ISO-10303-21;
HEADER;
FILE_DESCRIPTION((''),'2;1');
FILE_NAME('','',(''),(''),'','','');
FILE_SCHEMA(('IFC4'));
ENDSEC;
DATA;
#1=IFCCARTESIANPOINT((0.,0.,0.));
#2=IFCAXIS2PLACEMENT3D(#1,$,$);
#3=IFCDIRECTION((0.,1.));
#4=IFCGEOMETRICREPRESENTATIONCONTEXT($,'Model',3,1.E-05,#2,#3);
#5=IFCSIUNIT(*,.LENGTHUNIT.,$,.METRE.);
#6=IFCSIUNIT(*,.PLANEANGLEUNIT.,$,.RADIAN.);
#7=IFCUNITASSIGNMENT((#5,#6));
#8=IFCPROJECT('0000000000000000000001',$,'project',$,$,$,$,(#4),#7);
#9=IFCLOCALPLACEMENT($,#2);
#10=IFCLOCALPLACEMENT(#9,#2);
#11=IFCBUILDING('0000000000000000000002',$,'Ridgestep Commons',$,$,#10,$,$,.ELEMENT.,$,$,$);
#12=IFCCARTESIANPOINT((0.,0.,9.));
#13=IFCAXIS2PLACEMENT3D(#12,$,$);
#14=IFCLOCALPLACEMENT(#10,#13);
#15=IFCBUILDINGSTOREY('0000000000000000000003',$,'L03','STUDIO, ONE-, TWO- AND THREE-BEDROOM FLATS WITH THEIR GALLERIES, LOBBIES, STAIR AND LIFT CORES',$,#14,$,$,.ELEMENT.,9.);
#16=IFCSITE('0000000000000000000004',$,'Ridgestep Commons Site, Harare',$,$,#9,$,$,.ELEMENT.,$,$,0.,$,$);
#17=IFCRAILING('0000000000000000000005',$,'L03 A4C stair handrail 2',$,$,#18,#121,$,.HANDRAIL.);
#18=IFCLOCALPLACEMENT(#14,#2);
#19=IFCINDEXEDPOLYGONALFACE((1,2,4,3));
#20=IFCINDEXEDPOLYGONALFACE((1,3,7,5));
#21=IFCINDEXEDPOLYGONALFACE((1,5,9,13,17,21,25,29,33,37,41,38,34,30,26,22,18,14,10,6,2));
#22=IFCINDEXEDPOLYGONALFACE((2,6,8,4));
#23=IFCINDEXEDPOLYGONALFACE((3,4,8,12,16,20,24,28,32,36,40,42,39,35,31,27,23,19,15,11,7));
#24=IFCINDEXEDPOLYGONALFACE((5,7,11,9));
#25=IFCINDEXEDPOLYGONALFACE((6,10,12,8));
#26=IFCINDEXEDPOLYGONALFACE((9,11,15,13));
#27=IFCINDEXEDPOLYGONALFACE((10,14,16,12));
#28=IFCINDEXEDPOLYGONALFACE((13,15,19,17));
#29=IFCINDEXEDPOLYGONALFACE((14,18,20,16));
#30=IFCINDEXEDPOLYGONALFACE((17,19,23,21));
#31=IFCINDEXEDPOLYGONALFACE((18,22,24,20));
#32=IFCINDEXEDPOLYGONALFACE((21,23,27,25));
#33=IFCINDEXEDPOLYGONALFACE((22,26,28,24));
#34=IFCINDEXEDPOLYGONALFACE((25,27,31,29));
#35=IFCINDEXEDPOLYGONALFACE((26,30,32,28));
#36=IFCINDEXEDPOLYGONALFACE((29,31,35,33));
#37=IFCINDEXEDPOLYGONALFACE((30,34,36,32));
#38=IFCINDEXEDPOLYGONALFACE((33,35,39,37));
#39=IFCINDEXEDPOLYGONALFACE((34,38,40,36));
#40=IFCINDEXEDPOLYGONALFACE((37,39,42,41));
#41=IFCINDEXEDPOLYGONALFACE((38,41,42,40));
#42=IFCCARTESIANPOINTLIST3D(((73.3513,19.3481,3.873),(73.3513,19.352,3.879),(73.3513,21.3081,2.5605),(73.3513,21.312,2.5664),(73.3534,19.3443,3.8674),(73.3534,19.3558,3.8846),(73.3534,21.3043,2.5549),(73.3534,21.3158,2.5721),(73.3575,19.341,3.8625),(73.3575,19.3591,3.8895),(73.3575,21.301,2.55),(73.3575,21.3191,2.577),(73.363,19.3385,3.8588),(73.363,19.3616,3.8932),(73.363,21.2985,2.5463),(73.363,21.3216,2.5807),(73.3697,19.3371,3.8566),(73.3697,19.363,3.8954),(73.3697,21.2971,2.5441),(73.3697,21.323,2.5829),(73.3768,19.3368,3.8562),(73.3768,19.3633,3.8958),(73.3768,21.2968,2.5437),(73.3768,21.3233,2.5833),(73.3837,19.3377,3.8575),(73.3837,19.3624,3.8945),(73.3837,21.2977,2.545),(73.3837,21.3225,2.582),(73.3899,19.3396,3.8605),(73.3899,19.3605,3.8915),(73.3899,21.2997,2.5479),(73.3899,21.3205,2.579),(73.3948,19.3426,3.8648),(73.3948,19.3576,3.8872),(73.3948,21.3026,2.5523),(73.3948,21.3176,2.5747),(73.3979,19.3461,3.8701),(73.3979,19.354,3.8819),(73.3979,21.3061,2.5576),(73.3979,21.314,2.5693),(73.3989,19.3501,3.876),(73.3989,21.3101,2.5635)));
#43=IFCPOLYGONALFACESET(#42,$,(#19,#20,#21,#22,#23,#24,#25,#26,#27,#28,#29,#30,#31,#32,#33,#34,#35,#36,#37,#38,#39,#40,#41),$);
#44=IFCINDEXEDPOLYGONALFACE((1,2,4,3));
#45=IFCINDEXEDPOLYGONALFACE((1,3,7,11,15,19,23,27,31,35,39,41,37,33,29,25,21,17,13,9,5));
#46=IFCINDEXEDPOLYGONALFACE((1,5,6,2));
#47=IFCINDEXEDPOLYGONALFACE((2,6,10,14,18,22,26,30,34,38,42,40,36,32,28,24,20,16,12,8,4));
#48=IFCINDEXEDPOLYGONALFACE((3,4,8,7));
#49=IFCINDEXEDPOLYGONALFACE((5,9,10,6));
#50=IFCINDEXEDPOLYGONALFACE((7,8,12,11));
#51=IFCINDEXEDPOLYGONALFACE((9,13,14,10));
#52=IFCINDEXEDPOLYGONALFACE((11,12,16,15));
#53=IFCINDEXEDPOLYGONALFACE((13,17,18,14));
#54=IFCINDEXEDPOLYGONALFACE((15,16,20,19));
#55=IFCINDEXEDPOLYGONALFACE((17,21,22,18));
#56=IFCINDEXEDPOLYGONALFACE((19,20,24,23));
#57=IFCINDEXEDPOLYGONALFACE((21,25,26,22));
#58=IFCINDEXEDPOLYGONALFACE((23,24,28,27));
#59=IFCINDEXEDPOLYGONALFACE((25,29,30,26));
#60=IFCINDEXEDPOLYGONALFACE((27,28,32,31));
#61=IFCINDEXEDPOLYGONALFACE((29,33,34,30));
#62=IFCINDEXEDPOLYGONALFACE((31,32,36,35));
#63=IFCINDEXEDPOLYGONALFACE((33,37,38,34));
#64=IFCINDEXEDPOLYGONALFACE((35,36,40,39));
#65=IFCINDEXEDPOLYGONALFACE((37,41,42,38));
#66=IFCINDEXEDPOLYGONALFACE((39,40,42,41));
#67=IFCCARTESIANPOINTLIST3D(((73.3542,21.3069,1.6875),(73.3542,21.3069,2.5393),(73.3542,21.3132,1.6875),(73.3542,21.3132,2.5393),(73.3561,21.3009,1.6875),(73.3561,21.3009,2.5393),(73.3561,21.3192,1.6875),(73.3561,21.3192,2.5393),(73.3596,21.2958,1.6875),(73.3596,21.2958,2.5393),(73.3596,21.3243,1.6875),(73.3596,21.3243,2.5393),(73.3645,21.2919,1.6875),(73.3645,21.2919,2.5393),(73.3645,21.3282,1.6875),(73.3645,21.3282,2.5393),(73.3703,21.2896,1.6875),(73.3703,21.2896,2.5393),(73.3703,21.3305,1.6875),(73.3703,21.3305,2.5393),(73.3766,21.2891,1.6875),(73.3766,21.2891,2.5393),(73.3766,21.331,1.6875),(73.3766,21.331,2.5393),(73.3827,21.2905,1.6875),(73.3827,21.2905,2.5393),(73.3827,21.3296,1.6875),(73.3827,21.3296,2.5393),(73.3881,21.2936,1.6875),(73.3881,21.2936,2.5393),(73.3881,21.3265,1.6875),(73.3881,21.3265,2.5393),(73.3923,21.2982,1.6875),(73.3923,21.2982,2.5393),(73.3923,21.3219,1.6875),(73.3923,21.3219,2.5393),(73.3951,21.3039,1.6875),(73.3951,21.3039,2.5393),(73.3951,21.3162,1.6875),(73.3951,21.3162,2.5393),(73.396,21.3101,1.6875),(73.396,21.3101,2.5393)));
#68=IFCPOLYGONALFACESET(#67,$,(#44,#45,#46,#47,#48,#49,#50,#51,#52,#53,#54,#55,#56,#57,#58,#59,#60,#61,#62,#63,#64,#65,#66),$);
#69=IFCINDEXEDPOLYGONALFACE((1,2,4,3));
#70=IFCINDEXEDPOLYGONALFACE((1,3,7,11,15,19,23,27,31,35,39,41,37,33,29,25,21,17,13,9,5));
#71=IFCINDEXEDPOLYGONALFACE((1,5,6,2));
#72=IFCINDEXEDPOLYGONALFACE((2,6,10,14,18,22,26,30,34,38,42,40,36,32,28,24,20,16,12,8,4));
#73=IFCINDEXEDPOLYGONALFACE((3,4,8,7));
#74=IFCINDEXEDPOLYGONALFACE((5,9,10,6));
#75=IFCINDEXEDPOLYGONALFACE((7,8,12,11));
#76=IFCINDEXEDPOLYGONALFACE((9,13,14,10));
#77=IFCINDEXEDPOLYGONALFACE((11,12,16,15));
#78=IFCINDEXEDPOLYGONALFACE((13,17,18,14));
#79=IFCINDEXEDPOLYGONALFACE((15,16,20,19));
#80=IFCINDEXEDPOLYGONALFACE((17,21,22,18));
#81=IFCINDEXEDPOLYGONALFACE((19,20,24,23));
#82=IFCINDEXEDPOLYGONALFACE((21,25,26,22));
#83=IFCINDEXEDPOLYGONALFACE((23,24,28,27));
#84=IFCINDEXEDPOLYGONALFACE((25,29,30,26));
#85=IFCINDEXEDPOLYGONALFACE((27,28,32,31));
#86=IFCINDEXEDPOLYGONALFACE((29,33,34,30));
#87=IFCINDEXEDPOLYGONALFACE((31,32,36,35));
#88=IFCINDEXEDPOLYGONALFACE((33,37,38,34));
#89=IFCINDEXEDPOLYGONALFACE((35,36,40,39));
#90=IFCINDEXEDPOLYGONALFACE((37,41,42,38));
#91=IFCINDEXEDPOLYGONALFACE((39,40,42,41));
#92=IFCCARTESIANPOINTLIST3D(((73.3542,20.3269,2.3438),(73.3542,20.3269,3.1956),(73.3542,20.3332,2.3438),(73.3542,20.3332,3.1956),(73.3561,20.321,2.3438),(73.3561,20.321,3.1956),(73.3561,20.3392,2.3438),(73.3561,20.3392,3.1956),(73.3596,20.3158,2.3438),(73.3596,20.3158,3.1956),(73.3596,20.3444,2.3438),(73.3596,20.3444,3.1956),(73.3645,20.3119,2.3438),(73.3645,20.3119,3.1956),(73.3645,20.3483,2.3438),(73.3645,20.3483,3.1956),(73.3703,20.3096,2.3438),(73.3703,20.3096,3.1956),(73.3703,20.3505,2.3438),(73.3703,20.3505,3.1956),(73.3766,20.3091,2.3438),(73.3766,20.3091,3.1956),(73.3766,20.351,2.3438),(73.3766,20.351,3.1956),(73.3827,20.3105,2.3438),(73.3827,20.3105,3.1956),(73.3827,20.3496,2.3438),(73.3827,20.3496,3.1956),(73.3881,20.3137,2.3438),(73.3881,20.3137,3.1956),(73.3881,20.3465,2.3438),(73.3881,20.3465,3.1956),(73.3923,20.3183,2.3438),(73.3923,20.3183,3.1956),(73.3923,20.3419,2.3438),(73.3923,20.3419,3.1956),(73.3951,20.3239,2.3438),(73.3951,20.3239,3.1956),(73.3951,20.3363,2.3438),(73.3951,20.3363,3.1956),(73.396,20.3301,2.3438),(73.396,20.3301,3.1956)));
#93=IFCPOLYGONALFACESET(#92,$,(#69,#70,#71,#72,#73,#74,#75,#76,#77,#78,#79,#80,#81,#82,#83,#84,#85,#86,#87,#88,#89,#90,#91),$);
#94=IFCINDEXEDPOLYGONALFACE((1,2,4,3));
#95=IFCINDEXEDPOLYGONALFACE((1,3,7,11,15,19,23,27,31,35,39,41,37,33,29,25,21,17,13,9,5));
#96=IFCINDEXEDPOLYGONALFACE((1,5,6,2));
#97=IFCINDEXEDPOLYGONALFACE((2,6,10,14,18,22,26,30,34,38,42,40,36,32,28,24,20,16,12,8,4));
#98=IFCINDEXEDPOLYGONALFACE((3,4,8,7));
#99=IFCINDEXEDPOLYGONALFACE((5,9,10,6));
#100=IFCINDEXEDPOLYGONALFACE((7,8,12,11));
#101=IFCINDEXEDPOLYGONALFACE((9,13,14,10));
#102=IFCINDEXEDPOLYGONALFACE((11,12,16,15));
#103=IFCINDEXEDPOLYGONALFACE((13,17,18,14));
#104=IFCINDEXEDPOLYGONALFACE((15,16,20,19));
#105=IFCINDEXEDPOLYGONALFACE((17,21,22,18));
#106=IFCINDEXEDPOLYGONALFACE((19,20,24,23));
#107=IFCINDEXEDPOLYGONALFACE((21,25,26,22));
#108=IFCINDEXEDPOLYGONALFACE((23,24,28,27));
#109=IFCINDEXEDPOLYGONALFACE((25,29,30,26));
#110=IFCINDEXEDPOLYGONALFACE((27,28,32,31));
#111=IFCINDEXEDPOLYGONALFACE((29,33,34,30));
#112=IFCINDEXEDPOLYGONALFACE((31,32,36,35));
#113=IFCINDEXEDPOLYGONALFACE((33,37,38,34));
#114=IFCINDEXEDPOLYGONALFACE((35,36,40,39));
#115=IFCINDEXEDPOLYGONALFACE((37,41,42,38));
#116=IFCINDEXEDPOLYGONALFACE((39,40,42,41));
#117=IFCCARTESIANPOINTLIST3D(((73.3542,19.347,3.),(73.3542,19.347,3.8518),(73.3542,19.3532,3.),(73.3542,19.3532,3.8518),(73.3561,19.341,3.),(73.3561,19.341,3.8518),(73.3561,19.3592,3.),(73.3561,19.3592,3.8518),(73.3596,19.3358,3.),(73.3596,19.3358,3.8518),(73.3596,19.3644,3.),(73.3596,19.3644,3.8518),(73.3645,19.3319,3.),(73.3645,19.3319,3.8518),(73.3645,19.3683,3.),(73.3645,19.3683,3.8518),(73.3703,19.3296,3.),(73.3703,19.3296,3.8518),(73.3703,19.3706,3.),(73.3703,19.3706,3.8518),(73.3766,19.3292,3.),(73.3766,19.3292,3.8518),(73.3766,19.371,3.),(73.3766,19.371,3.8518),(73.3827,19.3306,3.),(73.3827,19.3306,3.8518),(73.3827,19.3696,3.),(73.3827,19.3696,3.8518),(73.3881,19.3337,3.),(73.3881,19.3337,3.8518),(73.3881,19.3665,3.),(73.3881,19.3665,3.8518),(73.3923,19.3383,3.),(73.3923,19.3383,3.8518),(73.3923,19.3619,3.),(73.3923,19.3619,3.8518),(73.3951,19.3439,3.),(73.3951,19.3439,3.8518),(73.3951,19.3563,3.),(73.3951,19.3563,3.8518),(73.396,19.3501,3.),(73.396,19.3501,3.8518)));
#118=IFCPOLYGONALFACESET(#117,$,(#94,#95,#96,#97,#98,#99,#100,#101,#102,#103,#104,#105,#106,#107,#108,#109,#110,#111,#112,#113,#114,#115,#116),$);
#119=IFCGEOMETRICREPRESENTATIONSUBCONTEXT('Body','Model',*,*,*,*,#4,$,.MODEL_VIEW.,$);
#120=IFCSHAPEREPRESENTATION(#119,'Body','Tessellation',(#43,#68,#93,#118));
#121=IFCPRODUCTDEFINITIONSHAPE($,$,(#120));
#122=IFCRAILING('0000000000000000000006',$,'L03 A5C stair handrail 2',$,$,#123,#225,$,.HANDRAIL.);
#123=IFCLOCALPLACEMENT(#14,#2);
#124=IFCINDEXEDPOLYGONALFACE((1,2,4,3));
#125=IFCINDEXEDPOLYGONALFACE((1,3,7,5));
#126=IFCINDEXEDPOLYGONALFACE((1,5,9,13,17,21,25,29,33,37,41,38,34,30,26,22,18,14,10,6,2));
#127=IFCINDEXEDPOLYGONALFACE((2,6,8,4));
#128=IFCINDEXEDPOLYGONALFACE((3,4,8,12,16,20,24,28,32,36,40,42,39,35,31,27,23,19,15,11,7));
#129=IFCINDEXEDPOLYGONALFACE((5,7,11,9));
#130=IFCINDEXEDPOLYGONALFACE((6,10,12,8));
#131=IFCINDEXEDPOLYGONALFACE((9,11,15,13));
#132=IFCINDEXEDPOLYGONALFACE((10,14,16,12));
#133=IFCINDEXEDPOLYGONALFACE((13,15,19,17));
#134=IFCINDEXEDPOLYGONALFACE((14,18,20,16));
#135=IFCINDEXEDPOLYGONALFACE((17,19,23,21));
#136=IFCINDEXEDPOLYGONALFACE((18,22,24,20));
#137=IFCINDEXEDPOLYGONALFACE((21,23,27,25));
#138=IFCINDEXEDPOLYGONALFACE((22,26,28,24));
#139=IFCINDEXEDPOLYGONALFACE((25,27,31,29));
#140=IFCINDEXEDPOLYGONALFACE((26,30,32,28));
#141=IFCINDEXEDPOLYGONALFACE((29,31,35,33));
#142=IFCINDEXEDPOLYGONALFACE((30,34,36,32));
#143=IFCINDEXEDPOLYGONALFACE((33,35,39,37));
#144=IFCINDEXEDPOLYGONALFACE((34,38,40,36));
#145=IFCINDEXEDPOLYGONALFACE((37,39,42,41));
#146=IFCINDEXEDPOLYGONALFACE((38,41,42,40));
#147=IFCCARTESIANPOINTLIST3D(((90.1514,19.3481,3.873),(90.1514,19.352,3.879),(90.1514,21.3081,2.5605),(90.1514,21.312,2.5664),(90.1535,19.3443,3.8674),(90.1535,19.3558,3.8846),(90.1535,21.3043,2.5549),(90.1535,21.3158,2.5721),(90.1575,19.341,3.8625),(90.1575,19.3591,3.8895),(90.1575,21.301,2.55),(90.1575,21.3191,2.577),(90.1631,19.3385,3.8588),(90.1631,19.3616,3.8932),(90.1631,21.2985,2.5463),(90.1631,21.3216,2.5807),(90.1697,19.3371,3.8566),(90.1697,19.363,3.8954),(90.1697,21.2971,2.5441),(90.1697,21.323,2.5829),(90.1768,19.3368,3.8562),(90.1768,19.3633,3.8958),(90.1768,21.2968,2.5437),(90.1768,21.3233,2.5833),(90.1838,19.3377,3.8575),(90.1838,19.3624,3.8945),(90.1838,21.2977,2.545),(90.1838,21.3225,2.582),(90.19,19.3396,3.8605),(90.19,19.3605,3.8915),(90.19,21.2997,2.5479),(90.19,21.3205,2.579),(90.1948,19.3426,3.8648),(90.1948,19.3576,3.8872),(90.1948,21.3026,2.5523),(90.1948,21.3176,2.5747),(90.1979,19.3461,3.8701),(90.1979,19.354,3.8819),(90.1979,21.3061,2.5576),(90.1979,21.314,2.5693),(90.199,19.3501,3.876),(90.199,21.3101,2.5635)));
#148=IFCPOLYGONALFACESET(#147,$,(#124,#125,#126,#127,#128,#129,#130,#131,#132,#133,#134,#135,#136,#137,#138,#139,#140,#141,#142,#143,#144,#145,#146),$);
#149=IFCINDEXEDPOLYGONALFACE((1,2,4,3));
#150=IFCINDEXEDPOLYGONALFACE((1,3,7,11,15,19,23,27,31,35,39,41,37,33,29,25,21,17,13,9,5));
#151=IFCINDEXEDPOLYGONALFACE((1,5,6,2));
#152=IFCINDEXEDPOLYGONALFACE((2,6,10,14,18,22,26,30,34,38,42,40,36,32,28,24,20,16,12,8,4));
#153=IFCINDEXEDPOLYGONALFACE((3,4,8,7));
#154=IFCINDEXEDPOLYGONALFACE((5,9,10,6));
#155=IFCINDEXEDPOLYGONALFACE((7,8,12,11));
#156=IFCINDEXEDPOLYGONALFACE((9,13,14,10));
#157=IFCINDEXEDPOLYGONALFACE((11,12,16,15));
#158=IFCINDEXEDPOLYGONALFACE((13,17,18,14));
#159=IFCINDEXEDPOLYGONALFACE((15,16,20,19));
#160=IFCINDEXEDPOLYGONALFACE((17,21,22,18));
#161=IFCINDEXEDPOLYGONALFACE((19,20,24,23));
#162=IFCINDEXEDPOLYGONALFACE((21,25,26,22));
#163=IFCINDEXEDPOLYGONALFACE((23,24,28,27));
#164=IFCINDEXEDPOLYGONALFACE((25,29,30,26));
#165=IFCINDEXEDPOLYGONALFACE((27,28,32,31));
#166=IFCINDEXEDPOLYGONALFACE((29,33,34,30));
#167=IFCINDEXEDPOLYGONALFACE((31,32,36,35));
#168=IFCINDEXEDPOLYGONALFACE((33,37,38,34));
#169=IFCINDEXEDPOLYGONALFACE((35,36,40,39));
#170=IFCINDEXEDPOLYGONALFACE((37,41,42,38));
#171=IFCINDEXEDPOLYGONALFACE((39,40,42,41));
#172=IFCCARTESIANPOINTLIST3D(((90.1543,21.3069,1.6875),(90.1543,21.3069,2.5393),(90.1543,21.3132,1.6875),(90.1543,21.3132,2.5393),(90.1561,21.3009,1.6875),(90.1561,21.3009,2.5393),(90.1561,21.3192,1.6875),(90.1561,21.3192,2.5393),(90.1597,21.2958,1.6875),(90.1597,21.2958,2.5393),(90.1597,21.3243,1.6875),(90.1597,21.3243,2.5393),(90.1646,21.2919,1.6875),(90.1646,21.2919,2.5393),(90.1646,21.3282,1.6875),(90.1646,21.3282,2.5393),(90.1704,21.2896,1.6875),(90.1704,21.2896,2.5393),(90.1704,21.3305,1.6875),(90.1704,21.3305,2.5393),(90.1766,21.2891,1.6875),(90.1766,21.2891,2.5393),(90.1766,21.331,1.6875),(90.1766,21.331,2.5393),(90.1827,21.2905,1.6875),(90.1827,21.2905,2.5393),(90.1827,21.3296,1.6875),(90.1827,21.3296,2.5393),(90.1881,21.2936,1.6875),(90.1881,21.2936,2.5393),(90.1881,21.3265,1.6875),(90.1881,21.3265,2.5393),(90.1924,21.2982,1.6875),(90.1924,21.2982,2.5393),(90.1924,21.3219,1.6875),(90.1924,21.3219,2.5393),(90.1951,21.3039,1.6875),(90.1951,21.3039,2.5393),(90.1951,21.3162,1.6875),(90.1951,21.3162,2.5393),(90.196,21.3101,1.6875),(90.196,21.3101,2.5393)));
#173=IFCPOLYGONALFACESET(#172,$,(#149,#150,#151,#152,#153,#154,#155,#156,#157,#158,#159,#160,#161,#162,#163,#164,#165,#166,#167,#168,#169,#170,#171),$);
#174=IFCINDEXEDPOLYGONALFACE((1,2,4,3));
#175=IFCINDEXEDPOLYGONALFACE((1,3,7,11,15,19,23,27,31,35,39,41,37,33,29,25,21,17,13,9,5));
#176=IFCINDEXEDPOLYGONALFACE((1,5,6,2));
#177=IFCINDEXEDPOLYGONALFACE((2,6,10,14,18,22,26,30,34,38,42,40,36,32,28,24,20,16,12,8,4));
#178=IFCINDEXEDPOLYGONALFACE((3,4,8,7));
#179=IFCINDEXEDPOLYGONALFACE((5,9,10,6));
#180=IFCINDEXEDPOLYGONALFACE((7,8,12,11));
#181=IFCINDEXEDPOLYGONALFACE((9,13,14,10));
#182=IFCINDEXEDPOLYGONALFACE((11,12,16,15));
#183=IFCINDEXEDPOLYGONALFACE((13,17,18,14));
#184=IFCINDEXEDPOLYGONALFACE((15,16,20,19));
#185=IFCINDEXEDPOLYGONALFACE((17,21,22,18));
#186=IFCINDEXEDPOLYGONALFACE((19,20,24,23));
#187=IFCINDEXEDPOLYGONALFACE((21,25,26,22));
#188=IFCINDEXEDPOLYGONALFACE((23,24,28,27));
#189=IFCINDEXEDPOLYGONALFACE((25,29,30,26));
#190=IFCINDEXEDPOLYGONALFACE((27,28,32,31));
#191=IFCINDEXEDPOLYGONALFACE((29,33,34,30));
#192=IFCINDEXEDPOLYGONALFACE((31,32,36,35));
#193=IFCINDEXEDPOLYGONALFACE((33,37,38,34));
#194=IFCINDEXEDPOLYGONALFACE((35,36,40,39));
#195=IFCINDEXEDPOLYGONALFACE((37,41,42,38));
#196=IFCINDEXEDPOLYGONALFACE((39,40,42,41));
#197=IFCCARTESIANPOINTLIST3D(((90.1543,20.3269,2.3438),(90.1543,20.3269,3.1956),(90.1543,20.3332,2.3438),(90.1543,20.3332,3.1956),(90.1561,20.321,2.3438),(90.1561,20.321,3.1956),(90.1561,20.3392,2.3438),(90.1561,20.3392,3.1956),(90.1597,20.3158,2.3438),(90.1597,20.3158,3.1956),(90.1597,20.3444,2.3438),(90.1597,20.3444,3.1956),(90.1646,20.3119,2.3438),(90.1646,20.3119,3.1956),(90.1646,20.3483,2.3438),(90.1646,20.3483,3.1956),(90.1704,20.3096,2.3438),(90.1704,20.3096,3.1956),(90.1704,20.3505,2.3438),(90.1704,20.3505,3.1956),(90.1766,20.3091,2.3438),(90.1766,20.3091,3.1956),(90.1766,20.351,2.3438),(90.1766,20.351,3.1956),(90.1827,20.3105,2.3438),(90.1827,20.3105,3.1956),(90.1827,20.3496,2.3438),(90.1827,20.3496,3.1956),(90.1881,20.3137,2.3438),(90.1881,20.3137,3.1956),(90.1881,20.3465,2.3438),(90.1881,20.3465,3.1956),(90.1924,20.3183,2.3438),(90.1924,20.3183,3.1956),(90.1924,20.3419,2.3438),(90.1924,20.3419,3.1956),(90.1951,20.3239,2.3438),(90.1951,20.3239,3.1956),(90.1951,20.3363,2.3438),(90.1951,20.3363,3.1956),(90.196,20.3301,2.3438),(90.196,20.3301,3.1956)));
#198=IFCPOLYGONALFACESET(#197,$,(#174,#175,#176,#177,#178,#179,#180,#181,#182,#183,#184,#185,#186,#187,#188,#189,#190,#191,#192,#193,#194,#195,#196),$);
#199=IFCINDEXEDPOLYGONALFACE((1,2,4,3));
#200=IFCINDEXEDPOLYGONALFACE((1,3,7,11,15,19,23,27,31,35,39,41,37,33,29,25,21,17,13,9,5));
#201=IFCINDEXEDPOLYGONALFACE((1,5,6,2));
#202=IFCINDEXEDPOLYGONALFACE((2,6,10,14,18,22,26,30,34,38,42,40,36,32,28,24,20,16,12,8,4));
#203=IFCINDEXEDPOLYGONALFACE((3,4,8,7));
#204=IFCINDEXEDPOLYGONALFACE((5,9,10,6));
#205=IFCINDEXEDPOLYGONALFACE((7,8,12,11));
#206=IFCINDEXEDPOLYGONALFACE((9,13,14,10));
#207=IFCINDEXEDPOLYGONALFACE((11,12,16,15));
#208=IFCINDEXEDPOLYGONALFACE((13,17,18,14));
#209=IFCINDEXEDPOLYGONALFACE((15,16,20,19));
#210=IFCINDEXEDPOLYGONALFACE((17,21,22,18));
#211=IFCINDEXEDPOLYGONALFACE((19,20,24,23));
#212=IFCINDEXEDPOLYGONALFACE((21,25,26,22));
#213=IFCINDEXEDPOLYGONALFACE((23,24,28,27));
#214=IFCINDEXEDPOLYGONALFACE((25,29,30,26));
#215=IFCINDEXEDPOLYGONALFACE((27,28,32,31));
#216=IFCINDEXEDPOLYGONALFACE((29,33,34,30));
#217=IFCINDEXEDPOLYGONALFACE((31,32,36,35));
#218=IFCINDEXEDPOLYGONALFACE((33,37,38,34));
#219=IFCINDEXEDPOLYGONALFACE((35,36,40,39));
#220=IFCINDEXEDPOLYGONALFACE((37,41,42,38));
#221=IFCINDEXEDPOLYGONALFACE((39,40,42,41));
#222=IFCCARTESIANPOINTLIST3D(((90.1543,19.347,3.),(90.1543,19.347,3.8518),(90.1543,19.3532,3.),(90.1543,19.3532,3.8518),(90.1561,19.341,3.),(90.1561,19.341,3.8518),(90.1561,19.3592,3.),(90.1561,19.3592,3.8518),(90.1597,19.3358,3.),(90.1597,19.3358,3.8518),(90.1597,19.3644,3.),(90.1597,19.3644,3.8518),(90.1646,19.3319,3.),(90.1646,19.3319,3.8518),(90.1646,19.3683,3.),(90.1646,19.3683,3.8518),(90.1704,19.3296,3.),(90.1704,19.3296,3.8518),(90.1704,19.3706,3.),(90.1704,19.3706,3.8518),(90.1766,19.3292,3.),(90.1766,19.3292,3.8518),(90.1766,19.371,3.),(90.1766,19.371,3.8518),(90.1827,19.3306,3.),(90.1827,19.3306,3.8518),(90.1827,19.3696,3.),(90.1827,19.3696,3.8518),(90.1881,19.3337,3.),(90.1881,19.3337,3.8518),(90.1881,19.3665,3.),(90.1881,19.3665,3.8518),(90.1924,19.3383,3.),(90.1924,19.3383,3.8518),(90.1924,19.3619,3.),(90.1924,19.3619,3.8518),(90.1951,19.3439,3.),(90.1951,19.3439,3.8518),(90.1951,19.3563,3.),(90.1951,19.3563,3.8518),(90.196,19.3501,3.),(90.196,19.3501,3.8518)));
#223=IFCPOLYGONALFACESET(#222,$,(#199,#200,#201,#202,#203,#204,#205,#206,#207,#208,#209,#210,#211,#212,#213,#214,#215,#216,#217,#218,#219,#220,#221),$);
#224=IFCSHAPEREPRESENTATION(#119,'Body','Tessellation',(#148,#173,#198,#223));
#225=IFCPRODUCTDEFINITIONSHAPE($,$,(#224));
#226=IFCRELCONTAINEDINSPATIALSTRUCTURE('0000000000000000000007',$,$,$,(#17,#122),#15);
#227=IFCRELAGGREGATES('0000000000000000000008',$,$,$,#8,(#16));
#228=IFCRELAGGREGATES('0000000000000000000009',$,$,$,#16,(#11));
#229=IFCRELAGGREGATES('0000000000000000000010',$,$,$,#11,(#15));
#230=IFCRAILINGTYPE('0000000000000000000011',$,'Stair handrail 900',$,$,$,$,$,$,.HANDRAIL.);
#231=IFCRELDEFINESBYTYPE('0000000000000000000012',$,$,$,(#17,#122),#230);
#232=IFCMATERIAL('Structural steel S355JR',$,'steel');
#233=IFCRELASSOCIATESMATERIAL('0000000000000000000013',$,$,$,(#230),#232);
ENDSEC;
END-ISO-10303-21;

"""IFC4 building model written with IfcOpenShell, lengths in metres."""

from ifc_helpers import new_model, si_unit, direction, frame, origin, origin_2d, place, context, subcontext, project, spatial, circle, extrude, material, type_object, element, save


model = new_model("IFC4")

# Units and contexts
model_context = context("Model", 3, precision=1e-05, world=origin(), true_north=direction((0.0, 1.0)))
body_context = subcontext(model_context, "Body", "Model", "MODEL_VIEW")
ifc_project = project(units=[si_unit("LENGTHUNIT", "METRE"), si_unit("PLANEANGLEUNIT", "RADIAN")], contexts=[model_context])

# Site, building, storey
site_placement = place(None, origin())
site = spatial("IfcSite", under=ifc_project, at=site_placement, Name="Ridgestep Commons Site, Harare", CompositionType="ELEMENT", RefElevation=0.0)
building_placement = place(site_placement, origin())
building = spatial("IfcBuilding", under=site, at=building_placement, Name="Ridgestep Commons", CompositionType="ELEMENT")
storey_placement = place(building_placement, frame((0.0, 0.0, 9.0)))
storey = spatial("IfcBuildingStorey", under=building, at=storey_placement, Name="L03", Description="STUDIO, ONE-, TWO- AND THREE-BEDROOM FLATS WITH THEIR GALLERIES, LOBBIES, STAIR AND LIFT CORES", CompositionType="ELEMENT", Elevation=9.0)

# Railings
ifc_material_1 = material(Name="Structural steel S355JR", Category="steel")
railing_type_1 = type_object("IfcRailingType", Name="Stair handrail 900", PredefinedType="HANDRAIL", material=ifc_material_1)
for number, where, name in (
    (1, (73.375, 21.3101, 1.6875), "L03 A4C stair handrail 2"),
    (2, (90.175, 21.3101, 1.6875), "L03 A5C stair handrail 2"),
):
    element("IfcRailing", number, at=place(storey_placement, frame(where)), inside=storey, type_object=railing_type_1, Name=name, PredefinedType="HANDRAIL", context=body_context, shape_type="SweptSolid", body=[
        extrude(circle(Radius=0.0239, at=origin_2d()), frame((0.0, 0.0, 0.876), z_axis=(0.0, -0.830902, 0.556419), x_axis=(1.0, 0.0, 0.0)), (0.0, 0.0, 1.0), 2.3589),
        extrude(circle(Radius=0.021, at=origin_2d()), origin(), (0.0, 0.0, 1.0), 0.8518),
        extrude(circle(Radius=0.021, at=origin_2d()), frame((0.0, -0.98, 0.6562)), (0.0, 0.0, 1.0), 0.8518),
        extrude(circle(Radius=0.021, at=origin_2d()), frame((0.0, -1.96, 1.3125)), (0.0, 0.0, 1.0), 0.8518),
    ])

save(model, "model.ifc")
